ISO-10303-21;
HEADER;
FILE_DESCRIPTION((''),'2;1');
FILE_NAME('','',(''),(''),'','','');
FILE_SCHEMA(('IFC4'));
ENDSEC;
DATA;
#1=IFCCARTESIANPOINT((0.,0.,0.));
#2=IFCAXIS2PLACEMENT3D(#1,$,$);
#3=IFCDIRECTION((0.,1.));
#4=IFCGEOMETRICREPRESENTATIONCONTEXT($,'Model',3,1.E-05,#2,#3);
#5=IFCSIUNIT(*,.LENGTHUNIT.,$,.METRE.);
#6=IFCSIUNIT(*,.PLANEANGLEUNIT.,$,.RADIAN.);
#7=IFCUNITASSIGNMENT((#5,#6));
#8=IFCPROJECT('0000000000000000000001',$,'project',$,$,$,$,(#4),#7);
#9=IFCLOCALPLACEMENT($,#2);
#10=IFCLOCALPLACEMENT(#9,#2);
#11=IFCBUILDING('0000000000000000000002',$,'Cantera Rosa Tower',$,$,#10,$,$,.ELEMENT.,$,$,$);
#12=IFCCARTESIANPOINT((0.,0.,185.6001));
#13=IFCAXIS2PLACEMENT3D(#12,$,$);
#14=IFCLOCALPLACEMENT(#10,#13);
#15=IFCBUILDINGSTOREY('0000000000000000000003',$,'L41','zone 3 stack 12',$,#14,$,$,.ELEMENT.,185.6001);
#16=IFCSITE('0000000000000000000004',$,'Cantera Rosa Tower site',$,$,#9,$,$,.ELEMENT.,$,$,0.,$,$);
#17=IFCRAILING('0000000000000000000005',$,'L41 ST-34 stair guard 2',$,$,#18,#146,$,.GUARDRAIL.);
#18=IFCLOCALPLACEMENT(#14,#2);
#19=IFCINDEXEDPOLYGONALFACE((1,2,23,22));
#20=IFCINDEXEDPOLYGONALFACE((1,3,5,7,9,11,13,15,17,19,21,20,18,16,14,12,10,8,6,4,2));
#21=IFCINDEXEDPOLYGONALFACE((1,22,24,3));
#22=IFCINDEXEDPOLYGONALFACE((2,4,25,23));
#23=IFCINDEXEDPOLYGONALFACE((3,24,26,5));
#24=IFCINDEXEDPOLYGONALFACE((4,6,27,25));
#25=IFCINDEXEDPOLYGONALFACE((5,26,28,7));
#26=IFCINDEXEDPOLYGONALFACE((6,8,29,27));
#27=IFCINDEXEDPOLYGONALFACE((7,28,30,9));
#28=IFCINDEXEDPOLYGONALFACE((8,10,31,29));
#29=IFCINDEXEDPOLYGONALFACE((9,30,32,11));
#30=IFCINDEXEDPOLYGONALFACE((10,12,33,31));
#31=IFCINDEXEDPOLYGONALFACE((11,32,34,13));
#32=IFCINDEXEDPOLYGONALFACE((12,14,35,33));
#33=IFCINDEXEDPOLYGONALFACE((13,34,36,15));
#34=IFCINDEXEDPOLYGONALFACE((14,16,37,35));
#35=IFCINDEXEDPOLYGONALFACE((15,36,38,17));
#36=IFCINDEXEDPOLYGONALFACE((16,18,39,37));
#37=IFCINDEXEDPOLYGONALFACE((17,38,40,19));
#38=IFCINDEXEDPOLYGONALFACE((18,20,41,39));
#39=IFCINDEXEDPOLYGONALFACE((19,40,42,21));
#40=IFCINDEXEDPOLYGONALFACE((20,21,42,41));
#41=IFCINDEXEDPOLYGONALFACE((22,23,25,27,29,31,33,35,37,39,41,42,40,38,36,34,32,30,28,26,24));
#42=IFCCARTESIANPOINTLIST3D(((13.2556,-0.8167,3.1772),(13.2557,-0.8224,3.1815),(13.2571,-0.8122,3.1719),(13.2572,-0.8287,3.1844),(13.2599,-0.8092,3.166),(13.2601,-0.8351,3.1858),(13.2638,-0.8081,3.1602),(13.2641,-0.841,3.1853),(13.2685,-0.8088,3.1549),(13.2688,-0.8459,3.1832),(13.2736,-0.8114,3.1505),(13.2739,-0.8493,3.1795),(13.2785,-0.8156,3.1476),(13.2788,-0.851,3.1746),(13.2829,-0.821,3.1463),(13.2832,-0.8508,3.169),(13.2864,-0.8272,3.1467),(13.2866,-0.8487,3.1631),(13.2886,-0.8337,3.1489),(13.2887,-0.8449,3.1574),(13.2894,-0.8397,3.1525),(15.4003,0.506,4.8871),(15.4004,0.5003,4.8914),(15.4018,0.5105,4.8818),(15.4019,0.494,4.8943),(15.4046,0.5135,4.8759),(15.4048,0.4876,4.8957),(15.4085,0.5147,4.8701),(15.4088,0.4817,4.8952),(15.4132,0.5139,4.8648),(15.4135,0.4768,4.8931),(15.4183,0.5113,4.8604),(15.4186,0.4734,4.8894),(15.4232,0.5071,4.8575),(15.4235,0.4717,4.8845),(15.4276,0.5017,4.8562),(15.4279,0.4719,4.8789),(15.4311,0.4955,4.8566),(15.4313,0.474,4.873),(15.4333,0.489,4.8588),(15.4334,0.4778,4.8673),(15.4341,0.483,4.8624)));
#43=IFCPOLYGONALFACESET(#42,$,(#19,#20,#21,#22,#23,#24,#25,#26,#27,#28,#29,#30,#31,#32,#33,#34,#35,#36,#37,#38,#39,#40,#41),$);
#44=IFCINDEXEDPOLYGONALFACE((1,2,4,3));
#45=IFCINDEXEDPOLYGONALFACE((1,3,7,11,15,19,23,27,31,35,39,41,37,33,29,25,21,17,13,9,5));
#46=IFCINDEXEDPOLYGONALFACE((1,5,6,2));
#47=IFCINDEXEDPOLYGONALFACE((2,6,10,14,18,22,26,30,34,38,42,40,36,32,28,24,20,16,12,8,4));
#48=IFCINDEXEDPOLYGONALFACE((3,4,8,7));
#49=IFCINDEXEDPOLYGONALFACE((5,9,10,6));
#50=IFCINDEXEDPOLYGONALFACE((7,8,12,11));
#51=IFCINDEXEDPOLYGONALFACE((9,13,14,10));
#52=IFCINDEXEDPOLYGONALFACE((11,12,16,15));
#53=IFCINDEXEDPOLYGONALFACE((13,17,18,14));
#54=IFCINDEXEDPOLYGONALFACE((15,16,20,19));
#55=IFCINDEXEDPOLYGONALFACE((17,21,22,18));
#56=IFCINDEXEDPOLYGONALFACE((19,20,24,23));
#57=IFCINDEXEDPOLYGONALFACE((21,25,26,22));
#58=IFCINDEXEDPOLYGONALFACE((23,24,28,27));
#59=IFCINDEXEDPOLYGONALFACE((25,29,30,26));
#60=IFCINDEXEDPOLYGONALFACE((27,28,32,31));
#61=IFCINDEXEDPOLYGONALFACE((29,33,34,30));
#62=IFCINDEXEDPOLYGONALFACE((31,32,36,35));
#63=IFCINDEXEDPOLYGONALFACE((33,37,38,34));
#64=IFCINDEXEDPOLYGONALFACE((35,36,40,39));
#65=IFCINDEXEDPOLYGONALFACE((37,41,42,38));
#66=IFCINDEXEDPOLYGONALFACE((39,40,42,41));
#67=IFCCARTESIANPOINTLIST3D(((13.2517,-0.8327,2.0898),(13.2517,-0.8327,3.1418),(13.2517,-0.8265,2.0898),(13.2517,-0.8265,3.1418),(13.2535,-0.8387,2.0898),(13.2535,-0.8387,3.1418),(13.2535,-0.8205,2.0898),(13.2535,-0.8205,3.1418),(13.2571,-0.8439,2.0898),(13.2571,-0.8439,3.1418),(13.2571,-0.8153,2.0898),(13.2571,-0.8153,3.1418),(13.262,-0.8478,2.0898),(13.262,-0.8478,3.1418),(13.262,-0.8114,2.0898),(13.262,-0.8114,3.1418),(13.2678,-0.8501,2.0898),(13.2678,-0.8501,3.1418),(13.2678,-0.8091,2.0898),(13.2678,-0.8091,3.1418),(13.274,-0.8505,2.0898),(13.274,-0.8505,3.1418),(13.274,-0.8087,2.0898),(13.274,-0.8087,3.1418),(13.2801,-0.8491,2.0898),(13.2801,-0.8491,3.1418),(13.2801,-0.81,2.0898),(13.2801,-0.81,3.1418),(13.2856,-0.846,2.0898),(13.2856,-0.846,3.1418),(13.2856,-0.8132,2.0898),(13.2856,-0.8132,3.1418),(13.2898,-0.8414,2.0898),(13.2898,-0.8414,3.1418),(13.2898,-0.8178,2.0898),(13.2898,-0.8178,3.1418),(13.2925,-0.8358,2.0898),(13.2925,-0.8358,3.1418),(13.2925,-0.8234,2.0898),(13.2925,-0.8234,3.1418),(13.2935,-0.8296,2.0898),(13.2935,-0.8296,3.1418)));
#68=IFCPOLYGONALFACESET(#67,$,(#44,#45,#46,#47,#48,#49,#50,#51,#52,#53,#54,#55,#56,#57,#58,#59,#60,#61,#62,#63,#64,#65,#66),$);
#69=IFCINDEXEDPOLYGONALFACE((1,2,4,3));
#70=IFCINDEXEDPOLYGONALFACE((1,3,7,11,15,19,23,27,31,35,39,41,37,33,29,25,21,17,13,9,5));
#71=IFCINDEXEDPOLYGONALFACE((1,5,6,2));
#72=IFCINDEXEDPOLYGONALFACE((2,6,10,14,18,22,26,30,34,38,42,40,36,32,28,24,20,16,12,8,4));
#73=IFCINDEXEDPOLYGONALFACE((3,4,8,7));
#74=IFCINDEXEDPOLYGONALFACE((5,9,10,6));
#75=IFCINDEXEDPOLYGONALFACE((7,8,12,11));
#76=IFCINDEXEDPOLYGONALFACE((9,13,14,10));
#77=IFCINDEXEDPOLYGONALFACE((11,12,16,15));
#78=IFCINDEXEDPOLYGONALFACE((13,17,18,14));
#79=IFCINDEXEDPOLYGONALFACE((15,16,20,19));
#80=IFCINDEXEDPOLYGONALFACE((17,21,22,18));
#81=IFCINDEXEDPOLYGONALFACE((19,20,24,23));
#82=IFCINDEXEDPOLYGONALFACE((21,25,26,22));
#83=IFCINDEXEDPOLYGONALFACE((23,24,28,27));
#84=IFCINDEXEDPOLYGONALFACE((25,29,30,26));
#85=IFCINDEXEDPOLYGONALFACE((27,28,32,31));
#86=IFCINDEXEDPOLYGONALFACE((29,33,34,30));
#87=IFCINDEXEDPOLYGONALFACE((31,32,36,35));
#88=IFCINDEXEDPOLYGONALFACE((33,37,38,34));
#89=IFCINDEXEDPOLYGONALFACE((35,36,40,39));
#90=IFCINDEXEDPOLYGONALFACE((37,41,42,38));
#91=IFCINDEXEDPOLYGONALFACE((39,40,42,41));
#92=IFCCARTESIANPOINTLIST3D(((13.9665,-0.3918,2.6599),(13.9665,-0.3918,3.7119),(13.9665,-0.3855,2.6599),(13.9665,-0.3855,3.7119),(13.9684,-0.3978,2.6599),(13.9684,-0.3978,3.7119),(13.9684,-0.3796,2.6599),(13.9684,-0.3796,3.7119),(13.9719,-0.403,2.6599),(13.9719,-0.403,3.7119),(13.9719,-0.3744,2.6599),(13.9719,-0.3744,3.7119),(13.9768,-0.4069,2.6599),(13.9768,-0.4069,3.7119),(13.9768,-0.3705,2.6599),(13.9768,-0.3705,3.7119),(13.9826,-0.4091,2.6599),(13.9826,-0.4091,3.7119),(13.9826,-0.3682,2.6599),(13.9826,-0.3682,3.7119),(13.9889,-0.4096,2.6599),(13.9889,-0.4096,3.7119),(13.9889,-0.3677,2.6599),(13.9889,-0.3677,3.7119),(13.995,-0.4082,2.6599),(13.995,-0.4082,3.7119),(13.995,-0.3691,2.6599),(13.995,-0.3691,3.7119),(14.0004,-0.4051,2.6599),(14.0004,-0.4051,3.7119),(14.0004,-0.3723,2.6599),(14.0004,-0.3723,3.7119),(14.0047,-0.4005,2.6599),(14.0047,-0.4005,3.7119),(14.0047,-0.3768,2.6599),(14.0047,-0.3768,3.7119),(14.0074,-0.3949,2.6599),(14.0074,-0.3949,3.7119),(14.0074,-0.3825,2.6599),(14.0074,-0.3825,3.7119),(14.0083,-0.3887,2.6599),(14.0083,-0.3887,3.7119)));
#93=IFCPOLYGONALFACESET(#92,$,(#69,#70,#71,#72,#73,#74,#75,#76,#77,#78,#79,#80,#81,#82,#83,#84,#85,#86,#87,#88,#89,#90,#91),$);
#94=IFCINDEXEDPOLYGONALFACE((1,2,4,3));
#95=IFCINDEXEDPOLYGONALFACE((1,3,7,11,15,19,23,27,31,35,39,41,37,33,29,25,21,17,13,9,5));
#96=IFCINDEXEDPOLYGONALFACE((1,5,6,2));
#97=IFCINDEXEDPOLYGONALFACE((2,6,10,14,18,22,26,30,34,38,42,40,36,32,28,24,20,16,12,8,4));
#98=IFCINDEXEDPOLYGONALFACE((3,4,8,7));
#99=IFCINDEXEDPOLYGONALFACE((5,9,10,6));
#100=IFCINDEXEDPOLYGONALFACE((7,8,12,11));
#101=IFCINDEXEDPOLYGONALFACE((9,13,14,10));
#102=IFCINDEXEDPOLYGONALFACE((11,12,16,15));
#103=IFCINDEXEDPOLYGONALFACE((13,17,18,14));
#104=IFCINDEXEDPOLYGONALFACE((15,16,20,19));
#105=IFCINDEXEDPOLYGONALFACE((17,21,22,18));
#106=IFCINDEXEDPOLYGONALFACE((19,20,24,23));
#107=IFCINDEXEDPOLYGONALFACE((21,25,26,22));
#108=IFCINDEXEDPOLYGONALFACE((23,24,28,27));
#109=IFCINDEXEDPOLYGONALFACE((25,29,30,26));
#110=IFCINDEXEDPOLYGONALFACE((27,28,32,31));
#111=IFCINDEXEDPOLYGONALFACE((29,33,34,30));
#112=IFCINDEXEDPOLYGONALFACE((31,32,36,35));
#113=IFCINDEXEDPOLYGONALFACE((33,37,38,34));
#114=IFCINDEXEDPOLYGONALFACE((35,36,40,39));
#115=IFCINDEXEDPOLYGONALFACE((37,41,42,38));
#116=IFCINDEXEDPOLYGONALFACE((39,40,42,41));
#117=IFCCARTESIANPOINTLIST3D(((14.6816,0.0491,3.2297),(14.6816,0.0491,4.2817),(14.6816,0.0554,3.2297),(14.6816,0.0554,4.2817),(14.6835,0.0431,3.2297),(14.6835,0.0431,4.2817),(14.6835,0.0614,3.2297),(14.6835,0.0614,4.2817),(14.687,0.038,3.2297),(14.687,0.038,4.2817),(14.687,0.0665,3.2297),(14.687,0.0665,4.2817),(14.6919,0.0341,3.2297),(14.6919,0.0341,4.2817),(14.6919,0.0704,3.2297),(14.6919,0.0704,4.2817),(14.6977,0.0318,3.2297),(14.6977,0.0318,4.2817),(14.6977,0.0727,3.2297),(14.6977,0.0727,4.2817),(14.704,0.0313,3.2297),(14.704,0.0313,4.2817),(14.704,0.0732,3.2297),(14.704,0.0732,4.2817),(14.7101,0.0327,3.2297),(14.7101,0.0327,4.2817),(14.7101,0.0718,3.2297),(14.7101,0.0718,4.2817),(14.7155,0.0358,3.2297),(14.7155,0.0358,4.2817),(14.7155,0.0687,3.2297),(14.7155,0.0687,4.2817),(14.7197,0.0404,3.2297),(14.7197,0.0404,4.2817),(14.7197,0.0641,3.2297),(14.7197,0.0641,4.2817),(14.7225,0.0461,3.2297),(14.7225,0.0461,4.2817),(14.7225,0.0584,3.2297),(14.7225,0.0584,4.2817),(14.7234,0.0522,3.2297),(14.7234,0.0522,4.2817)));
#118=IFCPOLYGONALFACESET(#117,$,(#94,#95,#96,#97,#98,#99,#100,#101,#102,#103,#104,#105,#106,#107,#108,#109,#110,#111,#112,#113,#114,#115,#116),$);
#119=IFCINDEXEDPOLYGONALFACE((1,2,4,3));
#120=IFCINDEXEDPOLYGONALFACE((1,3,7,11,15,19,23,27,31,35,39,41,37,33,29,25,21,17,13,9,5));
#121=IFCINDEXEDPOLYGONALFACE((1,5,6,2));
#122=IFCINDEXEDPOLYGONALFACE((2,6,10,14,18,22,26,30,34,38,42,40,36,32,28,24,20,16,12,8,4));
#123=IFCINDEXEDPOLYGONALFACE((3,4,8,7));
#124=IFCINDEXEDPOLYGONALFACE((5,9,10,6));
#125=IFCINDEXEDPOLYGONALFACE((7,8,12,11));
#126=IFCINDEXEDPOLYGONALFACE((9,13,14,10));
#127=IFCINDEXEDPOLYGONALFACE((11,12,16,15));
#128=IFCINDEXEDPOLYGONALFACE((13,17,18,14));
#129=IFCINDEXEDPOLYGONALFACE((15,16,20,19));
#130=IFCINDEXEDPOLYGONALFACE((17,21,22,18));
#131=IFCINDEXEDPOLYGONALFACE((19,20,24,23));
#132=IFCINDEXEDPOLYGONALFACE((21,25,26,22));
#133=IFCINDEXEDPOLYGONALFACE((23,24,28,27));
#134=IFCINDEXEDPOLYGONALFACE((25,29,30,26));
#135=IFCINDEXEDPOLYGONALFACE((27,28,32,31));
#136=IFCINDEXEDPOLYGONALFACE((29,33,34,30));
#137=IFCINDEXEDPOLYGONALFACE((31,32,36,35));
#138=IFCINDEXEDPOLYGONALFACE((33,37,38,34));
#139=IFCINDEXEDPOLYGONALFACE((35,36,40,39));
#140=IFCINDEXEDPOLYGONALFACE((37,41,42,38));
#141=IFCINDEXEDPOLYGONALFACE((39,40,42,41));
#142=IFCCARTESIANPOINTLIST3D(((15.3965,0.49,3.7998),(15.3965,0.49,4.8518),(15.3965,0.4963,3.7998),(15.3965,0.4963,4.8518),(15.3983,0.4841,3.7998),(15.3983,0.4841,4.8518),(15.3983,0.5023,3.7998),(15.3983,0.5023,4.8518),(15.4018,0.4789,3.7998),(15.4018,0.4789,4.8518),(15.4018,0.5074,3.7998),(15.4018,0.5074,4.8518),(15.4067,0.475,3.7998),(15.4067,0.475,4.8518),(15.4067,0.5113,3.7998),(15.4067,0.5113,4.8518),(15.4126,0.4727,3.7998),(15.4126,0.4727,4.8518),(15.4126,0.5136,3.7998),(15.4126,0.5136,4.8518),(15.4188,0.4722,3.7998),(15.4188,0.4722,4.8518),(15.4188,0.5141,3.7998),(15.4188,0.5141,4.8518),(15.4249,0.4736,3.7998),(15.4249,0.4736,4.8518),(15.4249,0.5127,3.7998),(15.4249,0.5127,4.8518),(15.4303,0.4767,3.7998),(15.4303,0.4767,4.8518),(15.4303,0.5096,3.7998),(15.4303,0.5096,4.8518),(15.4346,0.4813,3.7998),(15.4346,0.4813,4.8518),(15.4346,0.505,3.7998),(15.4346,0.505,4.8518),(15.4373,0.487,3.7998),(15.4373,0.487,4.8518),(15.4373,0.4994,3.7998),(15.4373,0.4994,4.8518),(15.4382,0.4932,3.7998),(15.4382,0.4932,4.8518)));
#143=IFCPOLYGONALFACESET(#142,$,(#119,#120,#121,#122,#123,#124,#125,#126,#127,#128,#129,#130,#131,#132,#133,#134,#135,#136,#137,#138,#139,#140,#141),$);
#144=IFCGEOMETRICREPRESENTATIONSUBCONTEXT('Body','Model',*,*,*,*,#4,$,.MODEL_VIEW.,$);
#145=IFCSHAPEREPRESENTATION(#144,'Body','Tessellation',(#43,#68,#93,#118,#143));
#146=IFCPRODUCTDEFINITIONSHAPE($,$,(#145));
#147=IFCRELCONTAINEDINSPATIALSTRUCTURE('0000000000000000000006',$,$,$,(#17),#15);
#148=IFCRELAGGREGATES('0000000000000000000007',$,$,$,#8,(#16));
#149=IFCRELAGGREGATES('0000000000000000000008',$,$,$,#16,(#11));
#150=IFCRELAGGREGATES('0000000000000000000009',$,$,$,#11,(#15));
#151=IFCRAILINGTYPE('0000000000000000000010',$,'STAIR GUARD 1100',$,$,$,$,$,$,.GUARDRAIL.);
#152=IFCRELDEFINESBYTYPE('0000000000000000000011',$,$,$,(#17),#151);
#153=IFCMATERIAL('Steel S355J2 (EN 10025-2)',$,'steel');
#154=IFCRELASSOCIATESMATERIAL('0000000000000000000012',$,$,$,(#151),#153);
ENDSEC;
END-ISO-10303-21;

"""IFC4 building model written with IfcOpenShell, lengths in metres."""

from ifc_helpers import new_model, si_unit, direction, frame, origin, origin_2d, place, context, subcontext, project, spatial, circle, extrude, material, type_object, element, save


model = new_model("IFC4")

# Units and contexts
model_context = context("Model", 3, precision=1e-05, world=origin(), true_north=direction((0.0, 1.0)))
body_context = subcontext(model_context, "Body", "Model", "MODEL_VIEW")
ifc_project = project(units=[si_unit("LENGTHUNIT", "METRE"), si_unit("PLANEANGLEUNIT", "RADIAN")], contexts=[model_context])

# Site, building, storey
site_placement = place(None, origin())
site = spatial("IfcSite", under=ifc_project, at=site_placement, Name="Cantera Rosa Tower site", CompositionType="ELEMENT", RefElevation=0.0)
building_placement = place(site_placement, origin())
building = spatial("IfcBuilding", under=site, at=building_placement, Name="Cantera Rosa Tower", CompositionType="ELEMENT")
storey_placement = place(building_placement, frame((0.0, 0.0, 185.6001)))
storey = spatial("IfcBuildingStorey", under=building, at=storey_placement, Name="L41", Description="zone 3 stack 12", CompositionType="ELEMENT", Elevation=185.6001)

# Railing
ifc_material_1 = material(Name="Steel S355J2 (EN 10025-2)", Category="steel")
railing_type_1 = type_object("IfcRailingType", Name="STAIR GUARD 1100", PredefinedType="GUARDRAIL", material=ifc_material_1)
railing_1_placement = place(storey_placement, frame((13.2725, -0.8296, 2.0898)))
element("IfcRailing", 1, at=railing_1_placement, inside=storey, type_object=railing_type_1, Name="L41 ST-34 stair guard 2", PredefinedType="GUARDRAIL", context=body_context, shape_type="SweptSolid", body=[
    extrude(circle(Radius=0.0239, at=origin_2d()), frame((0.0, 0.0, 1.0762), z_axis=(0.704296, 0.434363, 0.561513), x_axis=(-0.52493, 0.851146, 0.0)), (0.0, 0.0, 1.0), 3.0452),
    extrude(circle(Radius=0.021, at=origin_2d()), origin(), (0.0, 0.0, 1.0), 1.052),
    extrude(circle(Radius=0.021, at=origin_2d()), frame((0.7148, 0.4409, 0.5701)), (0.0, 0.0, 1.0), 1.052),
    extrude(circle(Radius=0.021, at=origin_2d()), frame((1.4299, 0.8818, 1.1399)), (0.0, 0.0, 1.0), 1.052),
    extrude(circle(Radius=0.021, at=origin_2d()), frame((2.1448, 1.3228, 1.71)), (0.0, 0.0, 1.0), 1.052),
])

save(model, "model.ifc")
